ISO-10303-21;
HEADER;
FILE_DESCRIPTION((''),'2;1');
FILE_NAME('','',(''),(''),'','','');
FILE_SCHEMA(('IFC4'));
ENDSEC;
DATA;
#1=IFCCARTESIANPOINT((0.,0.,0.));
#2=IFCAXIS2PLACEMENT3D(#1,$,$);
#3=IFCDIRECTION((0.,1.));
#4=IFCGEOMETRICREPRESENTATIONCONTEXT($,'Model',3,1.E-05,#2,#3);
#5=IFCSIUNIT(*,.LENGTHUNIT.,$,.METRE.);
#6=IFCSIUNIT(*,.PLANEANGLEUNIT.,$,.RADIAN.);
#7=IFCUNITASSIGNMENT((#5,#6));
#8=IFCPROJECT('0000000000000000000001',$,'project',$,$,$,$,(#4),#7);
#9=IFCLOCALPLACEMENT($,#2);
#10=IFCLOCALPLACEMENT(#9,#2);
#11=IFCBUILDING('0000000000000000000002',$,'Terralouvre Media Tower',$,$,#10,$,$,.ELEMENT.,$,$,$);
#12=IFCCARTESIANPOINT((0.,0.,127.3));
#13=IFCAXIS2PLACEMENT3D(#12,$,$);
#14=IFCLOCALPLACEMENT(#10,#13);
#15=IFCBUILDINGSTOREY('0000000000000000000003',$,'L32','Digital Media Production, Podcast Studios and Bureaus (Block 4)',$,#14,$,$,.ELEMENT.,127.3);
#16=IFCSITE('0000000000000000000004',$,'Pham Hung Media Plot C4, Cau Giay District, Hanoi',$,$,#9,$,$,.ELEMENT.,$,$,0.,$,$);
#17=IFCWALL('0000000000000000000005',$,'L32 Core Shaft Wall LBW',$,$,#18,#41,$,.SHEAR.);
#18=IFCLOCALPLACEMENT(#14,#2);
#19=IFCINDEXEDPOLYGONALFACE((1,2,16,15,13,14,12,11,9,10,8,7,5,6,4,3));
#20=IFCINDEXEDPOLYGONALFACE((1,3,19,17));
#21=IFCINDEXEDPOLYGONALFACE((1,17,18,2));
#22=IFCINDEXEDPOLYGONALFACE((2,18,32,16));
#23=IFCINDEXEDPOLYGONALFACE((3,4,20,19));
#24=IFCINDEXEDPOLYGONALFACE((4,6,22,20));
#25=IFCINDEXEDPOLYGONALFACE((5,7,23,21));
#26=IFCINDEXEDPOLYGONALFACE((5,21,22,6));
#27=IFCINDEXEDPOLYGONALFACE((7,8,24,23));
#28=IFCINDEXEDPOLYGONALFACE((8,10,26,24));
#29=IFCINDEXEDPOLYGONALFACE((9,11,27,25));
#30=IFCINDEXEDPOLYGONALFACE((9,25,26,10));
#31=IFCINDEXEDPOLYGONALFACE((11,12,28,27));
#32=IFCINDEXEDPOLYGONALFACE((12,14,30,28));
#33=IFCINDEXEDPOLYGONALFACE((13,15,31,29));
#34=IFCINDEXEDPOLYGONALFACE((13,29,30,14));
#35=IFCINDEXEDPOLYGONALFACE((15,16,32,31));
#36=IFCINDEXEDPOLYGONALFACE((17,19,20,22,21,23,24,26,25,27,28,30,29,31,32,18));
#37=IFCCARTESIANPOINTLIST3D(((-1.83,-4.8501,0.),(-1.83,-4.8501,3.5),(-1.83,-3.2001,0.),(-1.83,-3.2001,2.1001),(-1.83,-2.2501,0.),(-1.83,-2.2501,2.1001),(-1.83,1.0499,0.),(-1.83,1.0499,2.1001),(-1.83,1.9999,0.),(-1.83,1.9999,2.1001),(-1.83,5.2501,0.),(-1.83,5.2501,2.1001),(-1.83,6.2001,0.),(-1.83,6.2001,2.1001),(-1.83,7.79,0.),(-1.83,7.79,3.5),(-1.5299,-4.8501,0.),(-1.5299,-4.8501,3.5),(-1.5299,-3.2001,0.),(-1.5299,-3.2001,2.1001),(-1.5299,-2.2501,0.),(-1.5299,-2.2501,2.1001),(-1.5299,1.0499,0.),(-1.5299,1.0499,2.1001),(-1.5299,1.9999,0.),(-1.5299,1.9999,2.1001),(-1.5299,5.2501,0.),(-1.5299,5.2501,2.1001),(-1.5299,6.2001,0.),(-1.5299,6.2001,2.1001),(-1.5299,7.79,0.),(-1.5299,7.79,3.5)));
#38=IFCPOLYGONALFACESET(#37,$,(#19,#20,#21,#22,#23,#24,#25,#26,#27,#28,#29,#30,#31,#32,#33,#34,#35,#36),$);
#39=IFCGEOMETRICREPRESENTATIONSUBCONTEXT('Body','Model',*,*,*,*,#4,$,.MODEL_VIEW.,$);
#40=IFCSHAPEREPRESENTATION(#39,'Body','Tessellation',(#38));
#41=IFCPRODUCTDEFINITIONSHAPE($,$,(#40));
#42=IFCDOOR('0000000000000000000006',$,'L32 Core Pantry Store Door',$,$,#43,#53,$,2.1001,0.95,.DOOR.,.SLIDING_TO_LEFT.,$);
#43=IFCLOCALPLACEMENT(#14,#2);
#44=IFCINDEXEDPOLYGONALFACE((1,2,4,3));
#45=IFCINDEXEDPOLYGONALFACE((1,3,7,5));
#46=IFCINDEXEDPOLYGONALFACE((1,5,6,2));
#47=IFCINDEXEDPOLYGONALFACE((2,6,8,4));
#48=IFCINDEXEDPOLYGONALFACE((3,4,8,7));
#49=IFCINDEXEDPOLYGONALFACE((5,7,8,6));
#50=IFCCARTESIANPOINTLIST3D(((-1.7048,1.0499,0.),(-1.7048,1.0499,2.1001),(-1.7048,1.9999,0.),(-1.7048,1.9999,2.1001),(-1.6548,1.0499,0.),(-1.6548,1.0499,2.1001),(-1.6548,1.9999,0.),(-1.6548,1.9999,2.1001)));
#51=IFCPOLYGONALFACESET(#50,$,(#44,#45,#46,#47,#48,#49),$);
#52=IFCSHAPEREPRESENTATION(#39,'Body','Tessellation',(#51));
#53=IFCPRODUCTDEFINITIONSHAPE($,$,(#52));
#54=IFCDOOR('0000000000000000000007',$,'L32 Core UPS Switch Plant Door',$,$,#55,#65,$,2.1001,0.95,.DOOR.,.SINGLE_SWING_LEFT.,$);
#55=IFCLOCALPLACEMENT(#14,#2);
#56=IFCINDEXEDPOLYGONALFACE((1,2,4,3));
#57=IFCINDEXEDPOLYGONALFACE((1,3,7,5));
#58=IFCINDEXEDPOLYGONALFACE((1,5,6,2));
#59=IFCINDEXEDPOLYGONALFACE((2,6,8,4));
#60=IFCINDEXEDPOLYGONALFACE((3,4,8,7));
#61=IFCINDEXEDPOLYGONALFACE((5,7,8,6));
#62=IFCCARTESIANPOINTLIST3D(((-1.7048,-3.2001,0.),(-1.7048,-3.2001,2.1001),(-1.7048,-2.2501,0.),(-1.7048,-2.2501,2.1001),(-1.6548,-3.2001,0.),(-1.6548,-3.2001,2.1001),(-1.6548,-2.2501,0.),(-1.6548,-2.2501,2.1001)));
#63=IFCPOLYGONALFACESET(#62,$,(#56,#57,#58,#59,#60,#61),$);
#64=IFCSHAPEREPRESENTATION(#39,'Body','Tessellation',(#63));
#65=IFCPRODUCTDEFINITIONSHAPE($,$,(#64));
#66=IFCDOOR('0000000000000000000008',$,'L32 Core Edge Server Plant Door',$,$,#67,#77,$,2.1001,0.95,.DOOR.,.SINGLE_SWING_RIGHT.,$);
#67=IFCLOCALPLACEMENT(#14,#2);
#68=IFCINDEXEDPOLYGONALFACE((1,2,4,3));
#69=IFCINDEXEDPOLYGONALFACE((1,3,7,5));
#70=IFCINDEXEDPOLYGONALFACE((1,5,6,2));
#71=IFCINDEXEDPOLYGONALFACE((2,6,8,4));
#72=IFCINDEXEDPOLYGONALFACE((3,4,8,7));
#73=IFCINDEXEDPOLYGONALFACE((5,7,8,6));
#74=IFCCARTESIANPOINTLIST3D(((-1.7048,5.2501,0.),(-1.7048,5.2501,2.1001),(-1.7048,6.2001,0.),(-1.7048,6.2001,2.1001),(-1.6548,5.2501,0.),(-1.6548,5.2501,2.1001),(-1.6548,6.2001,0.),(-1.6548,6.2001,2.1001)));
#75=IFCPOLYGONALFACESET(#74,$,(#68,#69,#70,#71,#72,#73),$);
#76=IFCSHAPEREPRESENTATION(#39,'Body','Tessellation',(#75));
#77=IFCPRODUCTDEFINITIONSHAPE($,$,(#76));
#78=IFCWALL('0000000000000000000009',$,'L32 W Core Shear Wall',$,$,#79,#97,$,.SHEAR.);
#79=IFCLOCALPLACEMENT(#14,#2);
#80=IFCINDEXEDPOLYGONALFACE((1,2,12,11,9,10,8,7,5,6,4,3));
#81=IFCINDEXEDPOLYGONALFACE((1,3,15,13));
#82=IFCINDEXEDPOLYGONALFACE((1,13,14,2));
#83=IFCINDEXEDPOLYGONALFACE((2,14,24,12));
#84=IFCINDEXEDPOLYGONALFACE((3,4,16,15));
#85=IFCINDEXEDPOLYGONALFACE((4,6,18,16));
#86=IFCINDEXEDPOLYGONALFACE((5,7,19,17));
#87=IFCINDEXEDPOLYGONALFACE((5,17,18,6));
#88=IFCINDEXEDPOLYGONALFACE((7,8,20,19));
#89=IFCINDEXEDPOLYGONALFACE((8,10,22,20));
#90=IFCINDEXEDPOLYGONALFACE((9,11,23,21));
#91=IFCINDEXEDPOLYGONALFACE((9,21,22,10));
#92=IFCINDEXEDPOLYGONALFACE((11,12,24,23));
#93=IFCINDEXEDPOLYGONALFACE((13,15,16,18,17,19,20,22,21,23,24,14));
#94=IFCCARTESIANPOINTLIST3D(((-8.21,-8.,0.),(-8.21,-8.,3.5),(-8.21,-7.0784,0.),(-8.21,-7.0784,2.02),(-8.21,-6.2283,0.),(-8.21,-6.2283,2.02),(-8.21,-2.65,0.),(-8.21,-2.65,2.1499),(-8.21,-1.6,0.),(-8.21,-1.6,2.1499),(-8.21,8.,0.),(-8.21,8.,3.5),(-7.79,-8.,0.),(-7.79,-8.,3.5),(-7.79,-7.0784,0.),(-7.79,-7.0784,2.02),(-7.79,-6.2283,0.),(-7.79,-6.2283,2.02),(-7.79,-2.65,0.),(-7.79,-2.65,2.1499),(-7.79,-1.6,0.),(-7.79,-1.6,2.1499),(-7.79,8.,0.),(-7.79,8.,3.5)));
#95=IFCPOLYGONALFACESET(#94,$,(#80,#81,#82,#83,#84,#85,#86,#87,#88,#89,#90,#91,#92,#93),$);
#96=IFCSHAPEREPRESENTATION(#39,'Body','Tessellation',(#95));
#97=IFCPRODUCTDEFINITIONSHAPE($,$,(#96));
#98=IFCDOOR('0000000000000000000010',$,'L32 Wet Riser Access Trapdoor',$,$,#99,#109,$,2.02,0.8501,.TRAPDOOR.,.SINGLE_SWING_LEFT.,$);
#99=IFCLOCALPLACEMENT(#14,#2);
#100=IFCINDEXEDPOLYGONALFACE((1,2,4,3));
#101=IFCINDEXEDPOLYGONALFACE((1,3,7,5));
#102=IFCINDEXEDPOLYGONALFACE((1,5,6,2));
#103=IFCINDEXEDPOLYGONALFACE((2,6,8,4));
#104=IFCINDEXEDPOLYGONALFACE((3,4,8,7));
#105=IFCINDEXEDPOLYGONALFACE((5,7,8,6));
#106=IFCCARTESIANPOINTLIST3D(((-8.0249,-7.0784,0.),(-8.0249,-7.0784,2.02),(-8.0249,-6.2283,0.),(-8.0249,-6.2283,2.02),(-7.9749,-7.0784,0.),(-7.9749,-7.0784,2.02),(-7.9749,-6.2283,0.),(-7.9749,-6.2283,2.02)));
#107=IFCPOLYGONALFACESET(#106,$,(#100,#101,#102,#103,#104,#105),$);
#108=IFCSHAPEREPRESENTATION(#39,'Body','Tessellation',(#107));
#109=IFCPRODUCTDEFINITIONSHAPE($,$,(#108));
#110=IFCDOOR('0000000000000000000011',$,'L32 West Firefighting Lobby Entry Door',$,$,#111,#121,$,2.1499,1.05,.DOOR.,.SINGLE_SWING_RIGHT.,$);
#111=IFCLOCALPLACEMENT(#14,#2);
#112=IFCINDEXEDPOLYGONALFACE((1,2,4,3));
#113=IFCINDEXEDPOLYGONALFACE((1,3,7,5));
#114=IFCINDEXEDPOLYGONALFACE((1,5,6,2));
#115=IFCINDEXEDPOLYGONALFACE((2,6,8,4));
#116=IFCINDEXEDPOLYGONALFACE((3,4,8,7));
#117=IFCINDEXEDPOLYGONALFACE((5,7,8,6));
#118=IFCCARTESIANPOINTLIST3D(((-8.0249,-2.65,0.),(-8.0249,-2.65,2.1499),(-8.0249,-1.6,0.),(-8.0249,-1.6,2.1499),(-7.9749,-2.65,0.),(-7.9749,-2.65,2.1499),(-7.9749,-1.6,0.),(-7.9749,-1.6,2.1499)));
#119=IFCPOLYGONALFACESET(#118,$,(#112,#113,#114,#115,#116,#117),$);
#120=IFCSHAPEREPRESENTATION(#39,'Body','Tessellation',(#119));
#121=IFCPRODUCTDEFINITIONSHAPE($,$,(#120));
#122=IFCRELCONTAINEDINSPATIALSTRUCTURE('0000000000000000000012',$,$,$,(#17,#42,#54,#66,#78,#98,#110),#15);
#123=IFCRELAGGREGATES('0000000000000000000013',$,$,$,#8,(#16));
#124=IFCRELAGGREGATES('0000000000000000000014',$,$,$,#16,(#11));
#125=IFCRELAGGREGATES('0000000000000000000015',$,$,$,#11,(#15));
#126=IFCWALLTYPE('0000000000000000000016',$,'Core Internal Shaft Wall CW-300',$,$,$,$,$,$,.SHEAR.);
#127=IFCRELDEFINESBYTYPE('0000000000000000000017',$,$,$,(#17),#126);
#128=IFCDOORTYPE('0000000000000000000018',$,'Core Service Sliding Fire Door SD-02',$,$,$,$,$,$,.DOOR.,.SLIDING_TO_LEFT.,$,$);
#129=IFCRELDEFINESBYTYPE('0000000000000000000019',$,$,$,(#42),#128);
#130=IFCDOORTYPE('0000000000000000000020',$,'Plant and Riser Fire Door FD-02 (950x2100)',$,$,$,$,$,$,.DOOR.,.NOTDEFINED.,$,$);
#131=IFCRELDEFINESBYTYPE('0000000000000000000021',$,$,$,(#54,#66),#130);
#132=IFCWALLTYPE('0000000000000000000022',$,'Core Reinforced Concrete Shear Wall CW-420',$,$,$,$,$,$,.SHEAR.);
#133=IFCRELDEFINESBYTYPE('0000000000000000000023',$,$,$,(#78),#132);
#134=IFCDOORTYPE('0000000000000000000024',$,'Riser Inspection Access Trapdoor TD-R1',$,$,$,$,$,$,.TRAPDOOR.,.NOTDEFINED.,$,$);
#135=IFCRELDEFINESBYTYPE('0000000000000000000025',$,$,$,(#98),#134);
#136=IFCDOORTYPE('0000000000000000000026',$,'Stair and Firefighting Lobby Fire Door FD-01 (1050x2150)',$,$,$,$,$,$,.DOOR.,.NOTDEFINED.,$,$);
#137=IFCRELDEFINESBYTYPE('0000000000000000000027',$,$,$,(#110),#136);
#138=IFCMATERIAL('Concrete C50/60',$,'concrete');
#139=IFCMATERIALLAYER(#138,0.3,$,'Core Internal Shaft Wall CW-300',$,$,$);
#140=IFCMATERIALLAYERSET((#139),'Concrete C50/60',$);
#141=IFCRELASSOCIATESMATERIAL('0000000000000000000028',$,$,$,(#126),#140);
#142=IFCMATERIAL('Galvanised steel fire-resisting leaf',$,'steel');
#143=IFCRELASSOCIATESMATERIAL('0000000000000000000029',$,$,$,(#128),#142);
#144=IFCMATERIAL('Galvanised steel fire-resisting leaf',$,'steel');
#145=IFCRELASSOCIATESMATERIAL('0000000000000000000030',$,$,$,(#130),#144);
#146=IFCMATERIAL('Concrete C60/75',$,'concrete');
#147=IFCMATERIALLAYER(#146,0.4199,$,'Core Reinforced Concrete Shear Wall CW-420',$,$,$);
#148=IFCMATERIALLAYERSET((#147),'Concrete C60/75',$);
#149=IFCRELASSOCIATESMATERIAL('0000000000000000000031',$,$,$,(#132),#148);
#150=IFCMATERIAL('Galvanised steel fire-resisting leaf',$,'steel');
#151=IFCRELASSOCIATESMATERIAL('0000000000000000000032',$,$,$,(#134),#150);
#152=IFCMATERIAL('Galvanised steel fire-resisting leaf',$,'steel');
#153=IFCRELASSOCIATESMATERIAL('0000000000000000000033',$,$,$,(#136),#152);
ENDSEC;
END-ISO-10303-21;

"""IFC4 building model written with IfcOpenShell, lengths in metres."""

from ifc_helpers import new_model, si_unit, direction, frame, frame_2d, origin, place, context, subcontext, project, spatial, rectangle, extrude, material, layer, layer_set, type_object, element, fill, save


model = new_model("IFC4")

# Units and contexts
model_context = context("Model", 3, precision=1e-05, world=origin(), true_north=direction((0.0, 1.0)))
body_context = subcontext(model_context, "Body", "Model", "MODEL_VIEW")
ifc_project = project(units=[si_unit("LENGTHUNIT", "METRE"), si_unit("PLANEANGLEUNIT", "RADIAN")], contexts=[model_context])

# Site, building, storey
site_placement = place(None, origin())
site = spatial("IfcSite", under=ifc_project, at=site_placement, Name="Pham Hung Media Plot C4, Cau Giay District, Hanoi", CompositionType="ELEMENT", RefElevation=0.0)
building_placement = place(site_placement, origin())
building = spatial("IfcBuilding", under=site, at=building_placement, Name="Terralouvre Media Tower", CompositionType="ELEMENT")
storey_placement = place(building_placement, frame((0.0, 0.0, 127.3)))
storey = spatial("IfcBuildingStorey", under=building, at=storey_placement, Name="L32", Description="Digital Media Production, Podcast Studios and Bureaus (Block 4)", CompositionType="ELEMENT", Elevation=127.3)

# Shared definitions
ifc_material_1 = material(Name="Concrete C50/60", Category="concrete")
ifc_layer_1 = layer(ifc_material_1, 0.3, Name="Core Internal Shaft Wall CW-300")
ifc_layer_set_1 = layer_set([ifc_layer_1], Name="Concrete C50/60")
wall_type_1 = type_object("IfcWallType", Name="Core Internal Shaft Wall CW-300", PredefinedType="SHEAR", material=ifc_layer_set_1)

# Walls, openings, doors
wall_1_placement = place(storey_placement, frame((-1.6799, -4.8501, 0.0), z_axis=(0.0, 0.0, 1.0), x_axis=(0.0, 1.0, 0.0)))
wall_1 = element("IfcWall", 1, at=wall_1_placement, inside=storey, type_object=wall_type_1, Name="L32 Core Shaft Wall LBW", PredefinedType="SHEAR", context=body_context, shape_type="SweptSolid", body=[
    extrude(rectangle(XDim=12.6401, YDim=0.3, at=frame_2d((6.3201, 0.0))), origin(), (0.0, 0.0, 1.0), 3.5),
])
opening_1_placement = place(wall_1_placement, frame((1.6499, 0.0, 0.0)))
opening_1 = element("IfcOpeningElement", 2, at=opening_1_placement, cuts=wall_1, PredefinedType="OPENING", context=body_context, shape_type="SweptSolid", body=[
    extrude(rectangle(XDim=0.95, YDim=2.1001, at=frame_2d((0.4751, 1.05))), frame((0.0, 0.1599, 0.0), z_axis=(0.0, -1.0, 0.0), x_axis=(1.0, 0.0, 0.0)), (0.0, 0.0, 1.0), 0.3201),
])
opening_2_placement = place(wall_1_placement, frame((5.8999, 0.0, 0.0)))
opening_2 = element("IfcOpeningElement", 3, at=opening_2_placement, cuts=wall_1, PredefinedType="OPENING", context=body_context, shape_type="SweptSolid", body=[
    extrude(rectangle(XDim=0.95, YDim=2.1001, at=frame_2d((0.4751, 1.05))), frame((0.0, 0.1599, 0.0), z_axis=(0.0, -1.0, 0.0), x_axis=(1.0, 0.0, 0.0)), (0.0, 0.0, 1.0), 0.3201),
])
opening_3_placement = place(wall_1_placement, frame((10.1001, 0.0, 0.0)))
opening_3 = element("IfcOpeningElement", 4, at=opening_3_placement, cuts=wall_1, PredefinedType="OPENING", context=body_context, shape_type="SweptSolid", body=[
    extrude(rectangle(XDim=0.95, YDim=2.1001, at=frame_2d((0.4751, 1.05))), frame((0.0, 0.1599, 0.0), z_axis=(0.0, -1.0, 0.0), x_axis=(1.0, 0.0, 0.0)), (0.0, 0.0, 1.0), 0.3201),
])
ifc_material_2 = material(Name="Galvanised steel fire-resisting leaf", Category="steel")
door_type_1 = type_object("IfcDoorType", Name="Core Service Sliding Fire Door SD-02", OperationType="SLIDING_TO_LEFT", PredefinedType="DOOR", material=ifc_material_2)
door_1_placement = place(opening_2_placement, origin())
door_1 = element("IfcDoor", 5, at=door_1_placement, inside=storey, type_object=door_type_1, Name="L32 Core Pantry Store Door", OperationType="SLIDING_TO_LEFT", OverallHeight=2.1001, OverallWidth=0.95, PredefinedType="DOOR", context=body_context, shape_type="SweptSolid", body=[
    extrude(rectangle(XDim=0.95, YDim=2.1001, at=frame_2d((0.4751, 1.05))), frame((0.0, 0.0249, 0.0), z_axis=(0.0, -1.0, 0.0), x_axis=(1.0, 0.0, 0.0)), (0.0, 0.0, 1.0), 0.05),
])
fill(opening_2, door_1)
ifc_material_3 = material(Name="Galvanised steel fire-resisting leaf", Category="steel")
door_type_2 = type_object("IfcDoorType", Name="Plant and Riser Fire Door FD-02 (950x2100)", OperationType="NOTDEFINED", PredefinedType="DOOR", material=ifc_material_3)
door_2_placement = place(opening_1_placement, origin())
door_2 = element("IfcDoor", 6, at=door_2_placement, inside=storey, type_object=door_type_2, Name="L32 Core UPS Switch Plant Door", OperationType="SINGLE_SWING_LEFT", OverallHeight=2.1001, OverallWidth=0.95, PredefinedType="DOOR", context=body_context, shape_type="SweptSolid", body=[
    extrude(rectangle(XDim=0.95, YDim=2.1001, at=frame_2d((0.4751, 1.05))), frame((0.0, 0.0249, 0.0), z_axis=(0.0, -1.0, 0.0), x_axis=(1.0, 0.0, 0.0)), (0.0, 0.0, 1.0), 0.05),
])
fill(opening_1, door_2)
door_3_placement = place(opening_3_placement, origin())
door_3 = element("IfcDoor", 7, at=door_3_placement, inside=storey, type_object=door_type_2, Name="L32 Core Edge Server Plant Door", OperationType="SINGLE_SWING_RIGHT", OverallHeight=2.1001, OverallWidth=0.95, PredefinedType="DOOR", context=body_context, shape_type="SweptSolid", body=[
    extrude(rectangle(XDim=0.95, YDim=2.1001, at=frame_2d((0.4751, 1.05))), frame((0.0, 0.0249, 0.0), z_axis=(0.0, -1.0, 0.0), x_axis=(1.0, 0.0, 0.0)), (0.0, 0.0, 1.0), 0.05),
])
fill(opening_3, door_3)
ifc_material_4 = material(Name="Concrete C60/75", Category="concrete")
ifc_layer_2 = layer(ifc_material_4, 0.4199, Name="Core Reinforced Concrete Shear Wall CW-420")
ifc_layer_set_2 = layer_set([ifc_layer_2], Name="Concrete C60/75")
wall_type_2 = type_object("IfcWallType", Name="Core Reinforced Concrete Shear Wall CW-420", PredefinedType="SHEAR", material=ifc_layer_set_2)
wall_2_placement = place(storey_placement, frame((-8.0, -8.0, 0.0), z_axis=(0.0, 0.0, 1.0), x_axis=(0.0, 1.0, 0.0)))
wall_2 = element("IfcWall", 8, at=wall_2_placement, inside=storey, type_object=wall_type_2, Name="L32 W Core Shear Wall", PredefinedType="SHEAR", context=body_context, shape_type="SweptSolid", body=[
    extrude(rectangle(XDim=16.0, YDim=0.4199, at=frame_2d((8.0, 0.0))), origin(), (0.0, 0.0, 1.0), 3.5),
])
opening_4_placement = place(wall_2_placement, frame((0.9216, 0.0, 0.0)))
opening_4 = element("IfcOpeningElement", 9, at=opening_4_placement, cuts=wall_2, PredefinedType="OPENING", context=body_context, shape_type="SweptSolid", body=[
    extrude(rectangle(XDim=0.8501, YDim=2.02, at=frame_2d((0.425, 1.01))), frame((0.0, 0.22, 0.0), z_axis=(0.0, -1.0, 0.0), x_axis=(1.0, 0.0, 0.0)), (0.0, 0.0, 1.0), 0.4399),
])
opening_5_placement = place(wall_2_placement, frame((5.3501, 0.0, 0.0)))
opening_5 = element("IfcOpeningElement", 10, at=opening_5_placement, cuts=wall_2, PredefinedType="OPENING", context=body_context, shape_type="SweptSolid", body=[
    extrude(rectangle(XDim=1.05, YDim=2.1499, at=frame_2d((0.5249, 1.075))), frame((0.0, 0.22, 0.0), z_axis=(0.0, -1.0, 0.0), x_axis=(1.0, 0.0, 0.0)), (0.0, 0.0, 1.0), 0.4399),
])
ifc_material_5 = material(Name="Galvanised steel fire-resisting leaf", Category="steel")
door_type_3 = type_object("IfcDoorType", Name="Riser Inspection Access Trapdoor TD-R1", OperationType="NOTDEFINED", PredefinedType="TRAPDOOR", material=ifc_material_5)
door_4_placement = place(opening_4_placement, origin())
door_4 = element("IfcDoor", 11, at=door_4_placement, inside=storey, type_object=door_type_3, Name="L32 Wet Riser Access Trapdoor", OperationType="SINGLE_SWING_LEFT", OverallHeight=2.02, OverallWidth=0.8501, PredefinedType="TRAPDOOR", context=body_context, shape_type="SweptSolid", body=[
    extrude(rectangle(XDim=0.8501, YDim=2.02, at=frame_2d((0.425, 1.01))), frame((0.0, 0.0249, 0.0), z_axis=(0.0, -1.0, 0.0), x_axis=(1.0, 0.0, 0.0)), (0.0, 0.0, 1.0), 0.05),
])
fill(opening_4, door_4)
ifc_material_6 = material(Name="Galvanised steel fire-resisting leaf", Category="steel")
door_type_4 = type_object("IfcDoorType", Name="Stair and Firefighting Lobby Fire Door FD-01 (1050x2150)", OperationType="NOTDEFINED", PredefinedType="DOOR", material=ifc_material_6)
door_5_placement = place(opening_5_placement, origin())
door_5 = element("IfcDoor", 12, at=door_5_placement, inside=storey, type_object=door_type_4, Name="L32 West Firefighting Lobby Entry Door", OperationType="SINGLE_SWING_RIGHT", OverallHeight=2.1499, OverallWidth=1.05, PredefinedType="DOOR", context=body_context, shape_type="SweptSolid", body=[
    extrude(rectangle(XDim=1.05, YDim=2.1499, at=frame_2d((0.5249, 1.075))), frame((0.0, 0.0249, 0.0), z_axis=(0.0, -1.0, 0.0), x_axis=(1.0, 0.0, 0.0)), (0.0, 0.0, 1.0), 0.05),
])
fill(opening_5, door_5)

save(model, "model.ifc")
